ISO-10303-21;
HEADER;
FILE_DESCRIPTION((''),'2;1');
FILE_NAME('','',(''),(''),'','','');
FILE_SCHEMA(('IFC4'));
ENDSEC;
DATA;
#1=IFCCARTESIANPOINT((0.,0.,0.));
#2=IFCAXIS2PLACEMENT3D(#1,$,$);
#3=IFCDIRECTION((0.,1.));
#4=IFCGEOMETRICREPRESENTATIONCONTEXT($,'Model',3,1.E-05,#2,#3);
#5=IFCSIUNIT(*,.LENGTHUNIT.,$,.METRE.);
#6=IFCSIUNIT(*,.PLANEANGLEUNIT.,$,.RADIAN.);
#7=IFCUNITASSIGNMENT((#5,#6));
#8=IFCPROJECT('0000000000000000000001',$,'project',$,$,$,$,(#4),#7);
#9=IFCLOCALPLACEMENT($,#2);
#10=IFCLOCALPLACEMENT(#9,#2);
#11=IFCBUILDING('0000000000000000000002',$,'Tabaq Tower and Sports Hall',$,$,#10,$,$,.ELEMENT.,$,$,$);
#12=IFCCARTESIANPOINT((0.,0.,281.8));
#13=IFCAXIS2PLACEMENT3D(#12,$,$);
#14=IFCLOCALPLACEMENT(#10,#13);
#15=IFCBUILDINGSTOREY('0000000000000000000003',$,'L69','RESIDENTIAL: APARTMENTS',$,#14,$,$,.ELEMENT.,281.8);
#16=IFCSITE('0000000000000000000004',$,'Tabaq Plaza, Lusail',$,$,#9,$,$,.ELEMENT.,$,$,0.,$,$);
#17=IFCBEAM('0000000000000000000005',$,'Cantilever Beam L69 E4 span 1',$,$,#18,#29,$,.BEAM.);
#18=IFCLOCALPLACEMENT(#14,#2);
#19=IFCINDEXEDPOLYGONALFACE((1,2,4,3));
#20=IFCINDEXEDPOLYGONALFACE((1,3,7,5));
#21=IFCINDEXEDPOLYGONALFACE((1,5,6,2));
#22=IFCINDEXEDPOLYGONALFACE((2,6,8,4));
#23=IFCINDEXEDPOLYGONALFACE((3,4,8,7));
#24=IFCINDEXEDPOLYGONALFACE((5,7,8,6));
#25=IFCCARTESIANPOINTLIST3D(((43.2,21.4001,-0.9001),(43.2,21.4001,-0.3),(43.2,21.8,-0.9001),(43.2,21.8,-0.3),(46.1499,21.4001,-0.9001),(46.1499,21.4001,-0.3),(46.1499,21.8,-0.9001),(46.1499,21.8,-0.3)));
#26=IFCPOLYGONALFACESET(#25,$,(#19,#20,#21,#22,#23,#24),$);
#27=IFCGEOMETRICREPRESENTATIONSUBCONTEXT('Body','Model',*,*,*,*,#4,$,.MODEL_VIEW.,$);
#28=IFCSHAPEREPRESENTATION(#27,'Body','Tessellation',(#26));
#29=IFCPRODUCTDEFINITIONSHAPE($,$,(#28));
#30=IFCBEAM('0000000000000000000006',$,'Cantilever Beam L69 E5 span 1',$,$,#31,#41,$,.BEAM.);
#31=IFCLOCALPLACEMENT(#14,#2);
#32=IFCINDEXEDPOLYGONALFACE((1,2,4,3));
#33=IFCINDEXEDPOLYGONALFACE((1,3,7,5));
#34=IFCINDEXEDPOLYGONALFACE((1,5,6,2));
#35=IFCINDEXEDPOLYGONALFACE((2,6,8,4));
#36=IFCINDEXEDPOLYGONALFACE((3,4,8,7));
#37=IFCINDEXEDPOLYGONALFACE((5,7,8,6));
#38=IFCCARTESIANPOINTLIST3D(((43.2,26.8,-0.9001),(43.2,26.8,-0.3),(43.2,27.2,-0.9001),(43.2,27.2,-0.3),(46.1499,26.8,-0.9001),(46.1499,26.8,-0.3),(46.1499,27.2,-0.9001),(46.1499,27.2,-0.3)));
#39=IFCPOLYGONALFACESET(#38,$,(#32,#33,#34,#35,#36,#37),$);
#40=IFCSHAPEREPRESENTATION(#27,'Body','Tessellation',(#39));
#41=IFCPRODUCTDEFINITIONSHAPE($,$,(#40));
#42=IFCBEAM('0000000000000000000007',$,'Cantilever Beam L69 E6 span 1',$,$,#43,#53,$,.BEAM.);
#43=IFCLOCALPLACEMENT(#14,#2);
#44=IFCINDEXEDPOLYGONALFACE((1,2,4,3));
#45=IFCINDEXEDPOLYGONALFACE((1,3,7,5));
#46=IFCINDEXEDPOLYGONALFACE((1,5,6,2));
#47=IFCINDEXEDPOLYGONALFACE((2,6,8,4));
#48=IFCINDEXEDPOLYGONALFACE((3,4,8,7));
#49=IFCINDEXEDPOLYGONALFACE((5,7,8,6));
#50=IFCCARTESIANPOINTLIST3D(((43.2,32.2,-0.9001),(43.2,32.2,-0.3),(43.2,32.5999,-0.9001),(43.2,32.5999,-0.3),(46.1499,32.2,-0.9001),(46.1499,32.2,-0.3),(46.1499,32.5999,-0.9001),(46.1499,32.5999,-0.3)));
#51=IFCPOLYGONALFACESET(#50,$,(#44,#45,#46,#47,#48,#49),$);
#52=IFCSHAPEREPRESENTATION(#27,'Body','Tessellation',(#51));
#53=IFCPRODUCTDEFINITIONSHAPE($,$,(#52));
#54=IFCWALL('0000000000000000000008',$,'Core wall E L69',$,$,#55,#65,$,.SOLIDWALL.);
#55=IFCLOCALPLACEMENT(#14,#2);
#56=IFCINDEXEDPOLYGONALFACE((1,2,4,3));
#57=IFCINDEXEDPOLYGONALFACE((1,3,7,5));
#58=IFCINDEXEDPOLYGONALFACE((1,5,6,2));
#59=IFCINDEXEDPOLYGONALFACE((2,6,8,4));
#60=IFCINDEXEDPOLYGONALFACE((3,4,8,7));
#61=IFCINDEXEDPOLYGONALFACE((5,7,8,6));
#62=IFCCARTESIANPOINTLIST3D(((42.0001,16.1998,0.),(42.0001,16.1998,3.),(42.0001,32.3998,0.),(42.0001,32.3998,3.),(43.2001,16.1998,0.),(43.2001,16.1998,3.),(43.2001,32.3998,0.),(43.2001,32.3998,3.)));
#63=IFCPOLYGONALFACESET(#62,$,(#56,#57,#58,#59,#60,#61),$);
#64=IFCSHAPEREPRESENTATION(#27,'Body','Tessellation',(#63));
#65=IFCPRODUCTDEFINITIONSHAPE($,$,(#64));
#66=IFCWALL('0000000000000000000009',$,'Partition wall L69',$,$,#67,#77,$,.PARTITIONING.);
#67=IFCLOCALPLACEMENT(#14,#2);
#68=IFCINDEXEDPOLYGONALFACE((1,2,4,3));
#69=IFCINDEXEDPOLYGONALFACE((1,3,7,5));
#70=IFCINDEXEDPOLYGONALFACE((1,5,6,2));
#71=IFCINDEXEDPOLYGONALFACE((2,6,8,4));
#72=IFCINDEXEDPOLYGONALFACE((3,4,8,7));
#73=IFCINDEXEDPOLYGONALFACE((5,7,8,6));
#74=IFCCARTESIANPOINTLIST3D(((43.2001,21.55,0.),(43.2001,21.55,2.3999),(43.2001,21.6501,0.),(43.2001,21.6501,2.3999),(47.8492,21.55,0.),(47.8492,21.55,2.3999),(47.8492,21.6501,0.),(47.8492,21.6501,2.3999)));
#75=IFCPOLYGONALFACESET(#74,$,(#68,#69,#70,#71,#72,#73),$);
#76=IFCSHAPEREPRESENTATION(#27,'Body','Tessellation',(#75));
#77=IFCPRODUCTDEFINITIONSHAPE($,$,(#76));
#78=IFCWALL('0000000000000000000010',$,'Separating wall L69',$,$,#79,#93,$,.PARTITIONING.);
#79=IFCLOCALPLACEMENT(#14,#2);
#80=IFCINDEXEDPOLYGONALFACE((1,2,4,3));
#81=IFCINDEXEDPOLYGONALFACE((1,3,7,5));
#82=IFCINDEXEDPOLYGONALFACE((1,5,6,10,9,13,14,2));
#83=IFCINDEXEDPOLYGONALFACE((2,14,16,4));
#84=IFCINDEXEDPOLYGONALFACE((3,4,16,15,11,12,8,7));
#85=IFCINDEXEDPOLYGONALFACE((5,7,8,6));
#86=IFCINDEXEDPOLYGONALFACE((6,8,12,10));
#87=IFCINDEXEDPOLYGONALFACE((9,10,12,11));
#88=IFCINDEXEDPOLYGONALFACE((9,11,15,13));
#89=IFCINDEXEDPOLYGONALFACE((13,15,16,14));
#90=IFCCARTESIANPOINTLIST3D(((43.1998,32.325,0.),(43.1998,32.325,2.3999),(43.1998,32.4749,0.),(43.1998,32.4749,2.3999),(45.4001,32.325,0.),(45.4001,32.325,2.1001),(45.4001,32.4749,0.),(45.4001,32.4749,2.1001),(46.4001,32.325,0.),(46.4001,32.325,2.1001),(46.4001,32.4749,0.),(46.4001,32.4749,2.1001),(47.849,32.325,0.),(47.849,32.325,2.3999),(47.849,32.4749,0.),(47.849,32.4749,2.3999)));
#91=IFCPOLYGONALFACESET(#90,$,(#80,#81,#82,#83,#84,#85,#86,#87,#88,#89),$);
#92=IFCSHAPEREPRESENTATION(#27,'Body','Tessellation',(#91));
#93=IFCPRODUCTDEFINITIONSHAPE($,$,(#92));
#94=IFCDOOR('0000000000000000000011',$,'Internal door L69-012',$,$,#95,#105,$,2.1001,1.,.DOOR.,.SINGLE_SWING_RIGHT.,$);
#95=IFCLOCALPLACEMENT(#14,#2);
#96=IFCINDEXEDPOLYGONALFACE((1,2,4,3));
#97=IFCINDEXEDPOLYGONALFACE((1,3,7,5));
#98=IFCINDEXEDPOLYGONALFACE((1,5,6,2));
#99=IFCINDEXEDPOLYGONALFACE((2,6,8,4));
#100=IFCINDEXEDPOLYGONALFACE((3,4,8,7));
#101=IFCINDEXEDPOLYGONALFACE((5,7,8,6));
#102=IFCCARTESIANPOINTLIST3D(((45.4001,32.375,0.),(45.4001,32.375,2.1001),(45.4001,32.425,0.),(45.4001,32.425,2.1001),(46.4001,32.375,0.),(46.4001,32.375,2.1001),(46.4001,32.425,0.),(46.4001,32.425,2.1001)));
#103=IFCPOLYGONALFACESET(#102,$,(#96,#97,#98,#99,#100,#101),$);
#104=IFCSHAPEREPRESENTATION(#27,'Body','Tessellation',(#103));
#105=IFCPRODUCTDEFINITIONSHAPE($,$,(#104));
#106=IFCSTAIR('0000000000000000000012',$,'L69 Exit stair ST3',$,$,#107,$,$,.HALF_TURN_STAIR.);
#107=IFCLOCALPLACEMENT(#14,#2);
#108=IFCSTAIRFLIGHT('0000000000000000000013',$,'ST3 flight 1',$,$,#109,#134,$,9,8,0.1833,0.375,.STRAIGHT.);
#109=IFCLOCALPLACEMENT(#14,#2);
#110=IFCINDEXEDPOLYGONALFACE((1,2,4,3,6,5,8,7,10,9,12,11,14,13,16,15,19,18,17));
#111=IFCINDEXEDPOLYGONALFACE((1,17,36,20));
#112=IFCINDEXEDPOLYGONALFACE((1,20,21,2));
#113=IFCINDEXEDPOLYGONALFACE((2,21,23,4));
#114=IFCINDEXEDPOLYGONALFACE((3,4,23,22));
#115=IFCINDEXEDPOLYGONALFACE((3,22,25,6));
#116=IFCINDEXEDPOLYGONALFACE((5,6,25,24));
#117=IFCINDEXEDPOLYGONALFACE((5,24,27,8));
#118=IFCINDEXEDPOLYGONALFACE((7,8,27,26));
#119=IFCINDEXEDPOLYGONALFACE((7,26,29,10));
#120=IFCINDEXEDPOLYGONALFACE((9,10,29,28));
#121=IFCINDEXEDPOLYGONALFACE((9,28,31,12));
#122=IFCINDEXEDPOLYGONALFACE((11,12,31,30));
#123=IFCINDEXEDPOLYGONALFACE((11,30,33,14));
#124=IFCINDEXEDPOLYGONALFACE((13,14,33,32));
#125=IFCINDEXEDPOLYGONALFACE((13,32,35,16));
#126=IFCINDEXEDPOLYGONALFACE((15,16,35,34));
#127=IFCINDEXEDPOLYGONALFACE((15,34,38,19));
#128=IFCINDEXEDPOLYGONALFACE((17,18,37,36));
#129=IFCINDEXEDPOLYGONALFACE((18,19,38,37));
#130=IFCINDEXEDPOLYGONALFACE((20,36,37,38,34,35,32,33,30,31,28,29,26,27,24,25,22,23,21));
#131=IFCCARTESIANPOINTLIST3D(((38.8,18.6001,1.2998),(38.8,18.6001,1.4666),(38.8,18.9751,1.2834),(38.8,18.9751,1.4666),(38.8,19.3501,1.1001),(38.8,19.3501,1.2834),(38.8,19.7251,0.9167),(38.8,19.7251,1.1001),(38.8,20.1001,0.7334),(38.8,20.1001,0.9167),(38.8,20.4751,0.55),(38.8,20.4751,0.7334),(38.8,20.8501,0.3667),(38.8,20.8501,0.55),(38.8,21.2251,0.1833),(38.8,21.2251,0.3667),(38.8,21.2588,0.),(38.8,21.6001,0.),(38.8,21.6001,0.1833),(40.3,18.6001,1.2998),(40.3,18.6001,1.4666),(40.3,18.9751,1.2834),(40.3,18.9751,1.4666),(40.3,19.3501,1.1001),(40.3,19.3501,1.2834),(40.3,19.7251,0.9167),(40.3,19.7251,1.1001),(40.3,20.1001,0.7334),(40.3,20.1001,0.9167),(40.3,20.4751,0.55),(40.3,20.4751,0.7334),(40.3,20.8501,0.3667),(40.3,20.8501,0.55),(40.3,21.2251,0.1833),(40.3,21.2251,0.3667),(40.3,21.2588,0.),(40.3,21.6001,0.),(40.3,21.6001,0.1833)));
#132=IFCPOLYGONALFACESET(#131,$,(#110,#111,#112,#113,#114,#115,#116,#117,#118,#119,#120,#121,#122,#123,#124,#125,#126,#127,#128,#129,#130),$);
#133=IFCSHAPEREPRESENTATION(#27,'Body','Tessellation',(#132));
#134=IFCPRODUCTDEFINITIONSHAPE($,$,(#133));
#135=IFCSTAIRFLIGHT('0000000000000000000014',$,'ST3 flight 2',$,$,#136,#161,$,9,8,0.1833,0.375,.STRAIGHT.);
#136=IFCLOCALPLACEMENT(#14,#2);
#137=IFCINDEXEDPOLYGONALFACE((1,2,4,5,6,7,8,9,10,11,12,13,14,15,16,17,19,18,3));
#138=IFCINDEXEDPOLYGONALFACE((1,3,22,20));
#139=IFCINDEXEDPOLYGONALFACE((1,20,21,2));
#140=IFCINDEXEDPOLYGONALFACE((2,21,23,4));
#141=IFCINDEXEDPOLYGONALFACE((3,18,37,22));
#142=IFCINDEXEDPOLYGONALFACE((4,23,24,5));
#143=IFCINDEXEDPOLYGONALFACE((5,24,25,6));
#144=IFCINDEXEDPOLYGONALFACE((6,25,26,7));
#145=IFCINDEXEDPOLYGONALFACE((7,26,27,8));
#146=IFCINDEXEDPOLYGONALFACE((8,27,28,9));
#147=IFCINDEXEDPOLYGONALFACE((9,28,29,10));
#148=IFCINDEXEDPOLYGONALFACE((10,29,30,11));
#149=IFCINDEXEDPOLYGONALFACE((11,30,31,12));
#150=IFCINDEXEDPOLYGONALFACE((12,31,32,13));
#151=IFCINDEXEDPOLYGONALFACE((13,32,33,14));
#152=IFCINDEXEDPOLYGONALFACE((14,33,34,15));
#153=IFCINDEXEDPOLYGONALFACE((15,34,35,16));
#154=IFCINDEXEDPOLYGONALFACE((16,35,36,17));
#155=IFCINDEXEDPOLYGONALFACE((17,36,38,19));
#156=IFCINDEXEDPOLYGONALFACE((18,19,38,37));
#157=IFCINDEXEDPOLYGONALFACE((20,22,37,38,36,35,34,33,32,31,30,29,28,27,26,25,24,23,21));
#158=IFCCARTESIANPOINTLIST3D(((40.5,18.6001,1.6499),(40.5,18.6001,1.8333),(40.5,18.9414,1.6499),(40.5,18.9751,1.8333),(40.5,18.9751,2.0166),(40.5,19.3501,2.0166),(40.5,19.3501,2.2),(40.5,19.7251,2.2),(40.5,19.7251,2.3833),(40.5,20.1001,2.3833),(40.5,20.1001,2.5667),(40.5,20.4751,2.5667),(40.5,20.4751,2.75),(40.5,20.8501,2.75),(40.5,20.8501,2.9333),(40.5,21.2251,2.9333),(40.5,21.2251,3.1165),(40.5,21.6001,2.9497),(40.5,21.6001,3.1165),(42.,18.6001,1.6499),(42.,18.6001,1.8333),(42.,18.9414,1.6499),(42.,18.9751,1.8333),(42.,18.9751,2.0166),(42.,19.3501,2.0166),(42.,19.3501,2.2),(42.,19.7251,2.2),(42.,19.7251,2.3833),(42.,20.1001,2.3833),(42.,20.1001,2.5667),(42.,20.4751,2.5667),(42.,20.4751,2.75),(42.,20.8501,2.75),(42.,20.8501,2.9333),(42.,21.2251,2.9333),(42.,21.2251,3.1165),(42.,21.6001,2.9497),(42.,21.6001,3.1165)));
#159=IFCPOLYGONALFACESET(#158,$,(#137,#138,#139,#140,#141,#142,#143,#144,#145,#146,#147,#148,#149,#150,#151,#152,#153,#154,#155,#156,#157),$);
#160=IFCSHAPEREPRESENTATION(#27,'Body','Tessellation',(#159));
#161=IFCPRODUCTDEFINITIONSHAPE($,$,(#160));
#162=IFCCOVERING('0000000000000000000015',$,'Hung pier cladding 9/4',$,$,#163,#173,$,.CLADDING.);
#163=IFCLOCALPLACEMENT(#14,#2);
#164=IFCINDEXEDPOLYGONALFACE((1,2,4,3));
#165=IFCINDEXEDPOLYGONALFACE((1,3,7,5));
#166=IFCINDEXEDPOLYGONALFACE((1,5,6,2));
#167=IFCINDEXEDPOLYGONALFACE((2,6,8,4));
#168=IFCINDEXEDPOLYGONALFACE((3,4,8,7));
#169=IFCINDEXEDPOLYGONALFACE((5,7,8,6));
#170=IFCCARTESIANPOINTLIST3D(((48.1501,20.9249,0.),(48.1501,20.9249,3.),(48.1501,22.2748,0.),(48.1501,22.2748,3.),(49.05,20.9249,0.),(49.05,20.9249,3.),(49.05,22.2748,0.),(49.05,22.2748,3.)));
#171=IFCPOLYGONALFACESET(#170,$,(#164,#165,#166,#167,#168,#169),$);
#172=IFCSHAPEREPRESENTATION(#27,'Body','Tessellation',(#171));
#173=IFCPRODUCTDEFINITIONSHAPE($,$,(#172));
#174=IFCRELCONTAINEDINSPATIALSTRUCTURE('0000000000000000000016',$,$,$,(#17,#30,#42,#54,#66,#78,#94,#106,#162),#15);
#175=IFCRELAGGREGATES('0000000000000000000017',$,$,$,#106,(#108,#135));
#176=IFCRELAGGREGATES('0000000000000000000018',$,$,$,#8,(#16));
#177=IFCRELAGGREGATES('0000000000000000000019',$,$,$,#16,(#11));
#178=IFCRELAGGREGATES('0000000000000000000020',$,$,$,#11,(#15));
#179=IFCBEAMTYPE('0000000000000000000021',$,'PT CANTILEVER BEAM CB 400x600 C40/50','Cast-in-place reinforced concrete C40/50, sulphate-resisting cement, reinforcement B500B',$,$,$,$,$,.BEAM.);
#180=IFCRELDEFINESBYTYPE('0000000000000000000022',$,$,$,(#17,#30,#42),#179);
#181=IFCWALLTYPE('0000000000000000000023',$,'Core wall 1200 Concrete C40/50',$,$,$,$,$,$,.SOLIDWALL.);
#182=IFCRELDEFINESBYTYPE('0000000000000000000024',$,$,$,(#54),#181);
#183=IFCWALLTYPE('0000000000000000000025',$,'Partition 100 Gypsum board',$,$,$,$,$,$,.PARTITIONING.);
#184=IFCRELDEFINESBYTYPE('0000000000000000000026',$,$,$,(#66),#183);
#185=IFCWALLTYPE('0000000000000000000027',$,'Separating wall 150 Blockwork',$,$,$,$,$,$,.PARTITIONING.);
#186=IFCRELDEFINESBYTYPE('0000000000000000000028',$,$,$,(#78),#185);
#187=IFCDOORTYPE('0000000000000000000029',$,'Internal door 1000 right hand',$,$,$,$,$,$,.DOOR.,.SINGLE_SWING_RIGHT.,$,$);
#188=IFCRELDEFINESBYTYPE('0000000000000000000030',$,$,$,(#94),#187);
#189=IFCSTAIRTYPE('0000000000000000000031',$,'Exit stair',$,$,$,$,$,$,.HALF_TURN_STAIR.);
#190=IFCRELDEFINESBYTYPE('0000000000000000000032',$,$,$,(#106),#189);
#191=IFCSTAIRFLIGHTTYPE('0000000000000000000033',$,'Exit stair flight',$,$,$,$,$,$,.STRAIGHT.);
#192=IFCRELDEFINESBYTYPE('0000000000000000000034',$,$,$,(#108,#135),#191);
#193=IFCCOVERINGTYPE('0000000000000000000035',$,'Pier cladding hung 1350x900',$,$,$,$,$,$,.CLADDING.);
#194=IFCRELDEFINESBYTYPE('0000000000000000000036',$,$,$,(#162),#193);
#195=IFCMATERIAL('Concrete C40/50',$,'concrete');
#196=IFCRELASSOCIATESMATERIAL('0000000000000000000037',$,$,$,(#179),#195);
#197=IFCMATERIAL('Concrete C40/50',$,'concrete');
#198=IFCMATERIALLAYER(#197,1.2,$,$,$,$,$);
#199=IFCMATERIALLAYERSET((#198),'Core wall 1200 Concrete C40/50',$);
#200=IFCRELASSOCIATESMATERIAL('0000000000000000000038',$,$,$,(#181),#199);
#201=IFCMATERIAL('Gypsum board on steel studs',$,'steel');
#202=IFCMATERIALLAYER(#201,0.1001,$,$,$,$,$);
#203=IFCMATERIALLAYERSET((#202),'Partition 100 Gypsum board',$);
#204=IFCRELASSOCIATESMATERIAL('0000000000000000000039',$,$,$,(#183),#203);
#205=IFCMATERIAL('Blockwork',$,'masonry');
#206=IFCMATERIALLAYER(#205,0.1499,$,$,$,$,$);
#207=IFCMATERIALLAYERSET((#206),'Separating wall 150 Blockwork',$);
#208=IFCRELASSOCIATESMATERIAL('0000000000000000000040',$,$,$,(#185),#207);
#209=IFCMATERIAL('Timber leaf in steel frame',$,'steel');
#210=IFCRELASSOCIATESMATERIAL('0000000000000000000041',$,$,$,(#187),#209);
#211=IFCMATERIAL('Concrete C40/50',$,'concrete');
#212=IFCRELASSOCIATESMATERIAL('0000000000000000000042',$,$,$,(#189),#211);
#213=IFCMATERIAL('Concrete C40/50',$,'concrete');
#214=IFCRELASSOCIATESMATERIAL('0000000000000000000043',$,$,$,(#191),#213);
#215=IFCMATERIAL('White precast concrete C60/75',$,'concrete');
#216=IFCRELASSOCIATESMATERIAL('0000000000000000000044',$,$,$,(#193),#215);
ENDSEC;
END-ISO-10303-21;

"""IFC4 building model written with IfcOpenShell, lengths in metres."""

from ifc_helpers import new_model, si_unit, direction, frame, frame_2d, origin, origin_2d, place, context, subcontext, project, spatial, polyline, rectangle, outline, extrude, material, layer, layer_set, material_profile, profile_set, type_object, element, fill, aggregate, save


model = new_model("IFC4")

# Units and contexts
model_context = context("Model", 3, precision=1e-05, world=origin(), true_north=direction((0.0, 1.0)))
body_context = subcontext(model_context, "Body", "Model", "MODEL_VIEW")
ifc_project = project(units=[si_unit("LENGTHUNIT", "METRE"), si_unit("PLANEANGLEUNIT", "RADIAN")], contexts=[model_context])

# Site, building, storey
site_placement = place(None, origin())
site = spatial("IfcSite", under=ifc_project, at=site_placement, Name="Tabaq Plaza, Lusail", CompositionType="ELEMENT", RefElevation=0.0)
building_placement = place(site_placement, origin())
building = spatial("IfcBuilding", under=site, at=building_placement, Name="Tabaq Tower and Sports Hall", CompositionType="ELEMENT")
storey_placement = place(building_placement, frame((0.0, 0.0, 281.8)))
storey = spatial("IfcBuildingStorey", under=building, at=storey_placement, Name="L69", Description="RESIDENTIAL: APARTMENTS", CompositionType="ELEMENT", Elevation=281.8)

# Beams
ifc_material_1 = material(Name="Concrete C40/50", Category="concrete")
ifc_material_profile = material_profile(ifc_material_1, rectangle(XDim=0.3999, YDim=0.6001, at=origin_2d()), Name="CB 400x600")
ifc_profile_set = profile_set([ifc_material_profile], Name="Concrete C40/50")
beam_type = type_object("IfcBeamType", Name="PT CANTILEVER BEAM CB 400x600 C40/50", Description="Cast-in-place reinforced concrete C40/50, sulphate-resisting cement, reinforcement B500B", PredefinedType="BEAM", material=ifc_profile_set)
for number, where, z_axis, x_axis, name in (
    (1, (46.1499, 21.6001, -0.6001), (-1.0, 0.0, 0.0), (0.0, -1.0, 0.0), "Cantilever Beam L69 E4 span 1"),
    (2, (46.1499, 27.0, -0.6001), (-1.0, 0.0, 0.0), (0.0, -1.0, 0.0), "Cantilever Beam L69 E5 span 1"),
    (3, (46.1499, 32.3999, -0.6001), (-1.0, 0.0, 0.0), (0.0, -1.0, 0.0), "Cantilever Beam L69 E6 span 1"),
):
    element("IfcBeam", number, at=place(storey_placement, frame(where, z_axis=z_axis, x_axis=x_axis)), inside=storey, type_object=beam_type, Name=name, PredefinedType="BEAM", context=body_context, shape_type="SweptSolid", body=[
        extrude(rectangle(XDim=0.3999, YDim=0.6001, at=origin_2d()), origin(), (0.0, 0.0, 1.0), 2.95),
    ])

# Walls
ifc_material_2 = material(Name="Concrete C40/50", Category="concrete")
ifc_layer_1 = layer(ifc_material_2, 1.2)
ifc_layer_set_1 = layer_set([ifc_layer_1], Name="Core wall 1200 Concrete C40/50")
wall_type_1 = type_object("IfcWallType", Name="Core wall 1200 Concrete C40/50", PredefinedType="SOLIDWALL", material=ifc_layer_set_1)
wall_1_placement = place(storey_placement, frame((42.6001, 32.3999, 0.0), z_axis=(0.0, 0.0, 1.0), x_axis=(0.0, -1.0, 0.0)))
element("IfcWall", 4, at=wall_1_placement, inside=storey, type_object=wall_type_1, Name="Core wall E L69", PredefinedType="SOLIDWALL", context=body_context, shape_type="SweptSolid", body=[
    extrude(rectangle(XDim=16.2, YDim=1.2, at=frame_2d((8.1001, 0.0))), origin(), (0.0, 0.0, 1.0), 3.0),
])
ifc_material_3 = material(Name="Gypsum board on steel studs", Category="steel")
ifc_layer_2 = layer(ifc_material_3, 0.1001)
ifc_layer_set_2 = layer_set([ifc_layer_2], Name="Partition 100 Gypsum board")
wall_type_2 = type_object("IfcWallType", Name="Partition 100 Gypsum board", PredefinedType="PARTITIONING", material=ifc_layer_set_2)
wall_2_placement = place(storey_placement, frame((43.2, 21.6001, 0.0), z_axis=(0.0, 0.0, 1.0), x_axis=(1.0, 0.0, 0.0)))
element("IfcWall", 5, at=wall_2_placement, inside=storey, type_object=wall_type_2, Name="Partition wall L69", PredefinedType="PARTITIONING", context=body_context, shape_type="SweptSolid", body=[
    extrude(rectangle(XDim=4.6492, YDim=0.1001, at=frame_2d((2.3247, 0.0))), origin(), (0.0, 0.0, 1.0), 2.3999),
])

# Wall, opening, door
ifc_material_4 = material(Name="Blockwork", Category="masonry")
ifc_layer_3 = layer(ifc_material_4, 0.1499)
ifc_layer_set_3 = layer_set([ifc_layer_3], Name="Separating wall 150 Blockwork")
wall_type_3 = type_object("IfcWallType", Name="Separating wall 150 Blockwork", PredefinedType="PARTITIONING", material=ifc_layer_set_3)
wall_3_placement = place(storey_placement, frame((47.8491, 32.3999, 0.0), z_axis=(0.0, 0.0, 1.0), x_axis=(-1.0, 0.0, 0.0)))
wall_3 = element("IfcWall", 6, at=wall_3_placement, inside=storey, type_object=wall_type_3, Name="Separating wall L69", PredefinedType="PARTITIONING", context=body_context, shape_type="SweptSolid", body=[
    extrude(rectangle(XDim=4.6492, YDim=0.1499, at=frame_2d((2.3247, 0.0))), origin(), (0.0, 0.0, 1.0), 2.3999),
])
opening_placement = place(wall_3_placement, frame((1.449, 0.0, 0.0)))
opening = element("IfcOpeningElement", 7, at=opening_placement, cuts=wall_3, PredefinedType="OPENING", context=body_context, shape_type="SweptSolid", body=[
    extrude(rectangle(XDim=1.0, YDim=2.1001, at=frame_2d((0.5, 1.05))), frame((0.0, 0.075, 0.0), z_axis=(0.0, -1.0, 0.0), x_axis=(1.0, 0.0, 0.0)), (0.0, 0.0, 1.0), 0.1499),
])
ifc_material_5 = material(Name="Timber leaf in steel frame", Category="steel")
door_type = type_object("IfcDoorType", Name="Internal door 1000 right hand", OperationType="SINGLE_SWING_RIGHT", PredefinedType="DOOR", material=ifc_material_5)
door_placement = place(opening_placement, origin())
door = element("IfcDoor", 8, at=door_placement, inside=storey, type_object=door_type, Name="Internal door L69-012", OperationType="SINGLE_SWING_RIGHT", OverallHeight=2.1001, OverallWidth=1.0, PredefinedType="DOOR", context=body_context, shape_type="SweptSolid", body=[
    extrude(rectangle(XDim=1.0, YDim=2.1001, at=frame_2d((0.5, 1.05))), frame((0.0, 0.0249, 0.0), z_axis=(0.0, -1.0, 0.0), x_axis=(1.0, 0.0, 0.0)), (0.0, 0.0, 1.0), 0.05),
])
fill(opening, door)

# Stair, stair flights
ifc_material_6 = material(Name="Concrete C40/50", Category="concrete")
stair_type = type_object("IfcStairType", Name="Exit stair", PredefinedType="HALF_TURN_STAIR", material=ifc_material_6)
stair_placement = place(storey_placement, origin())
stair = element("IfcStair", 9, at=stair_placement, inside=storey, type_object=stair_type, Name="L69 Exit stair ST3", PredefinedType="HALF_TURN_STAIR")
ifc_material_7 = material(Name="Concrete C40/50", Category="concrete")
stair_flight_type = type_object("IfcStairFlightType", Name="Exit stair flight", PredefinedType="STRAIGHT", material=ifc_material_7)
stair_flight_1_placement = place(storey_placement, frame((39.55, 21.6001, 0.0), z_axis=(0.0, 0.0, 1.0), x_axis=(0.0, -1.0, 0.0)))
stair_flight_1 = element("IfcStairFlight", 10, at=stair_flight_1_placement, type_object=stair_flight_type, Name="ST3 flight 1", NumberOfRisers=9, NumberOfTreads=8, PredefinedType="STRAIGHT", RiserHeight=0.1833, TreadLength=0.375, context=body_context, shape_type="SweptSolid", body=[
    extrude(outline(polyline([(0.0, 0.0), (0.0, 0.1833), (0.375, 0.1833), (0.375, 0.3667), (0.75, 0.3667), (0.75, 0.55), (1.125, 0.55), (1.125, 0.7334), (1.5, 0.7334), (1.5, 0.9167), (1.875, 0.9167), (1.875, 1.1001), (2.25, 1.1001), (2.25, 1.2834), (2.625, 1.2834), (2.625, 1.4666), (3.0, 1.4666), (3.0, 1.6499), (3.0, 1.2998), (0.3413, 0.0), (0.0, 0.0)])), frame((0.0, 0.75, 0.0), z_axis=(0.0, -1.0, 0.0), x_axis=(1.0, 0.0, 0.0)), (0.0, 0.0, 1.0), 1.5),
])
stair_flight_2_placement = place(storey_placement, frame((41.25, 18.6001, 1.6499), z_axis=(0.0, 0.0, 1.0), x_axis=(0.0, 1.0, 0.0)))
stair_flight_2 = element("IfcStairFlight", 11, at=stair_flight_2_placement, type_object=stair_flight_type, Name="ST3 flight 2", NumberOfRisers=9, NumberOfTreads=8, PredefinedType="STRAIGHT", RiserHeight=0.1833, TreadLength=0.375, context=body_context, shape_type="SweptSolid", body=[
    extrude(outline(polyline([(0.0, 0.0), (0.0, 0.1833), (0.375, 0.1833), (0.375, 0.3667), (0.75, 0.3667), (0.75, 0.55), (1.125, 0.55), (1.125, 0.7334), (1.5, 0.7334), (1.5, 0.9167), (1.875, 0.9167), (1.875, 1.1001), (2.25, 1.1001), (2.25, 1.2834), (2.625, 1.2834), (2.625, 1.4666), (3.0, 1.4666), (3.0, 1.6499), (3.0, 1.2998), (0.3413, 0.0), (0.0, 0.0)])), frame((0.0, 0.75, 0.0), z_axis=(0.0, -1.0, 0.0), x_axis=(1.0, 0.0, 0.0)), (0.0, 0.0, 1.0), 1.5),
])
aggregate(stair, [stair_flight_1, stair_flight_2])

# Covering
ifc_material_8 = material(Name="White precast concrete C60/75", Category="concrete")
covering_type_1 = type_object("IfcCoveringType", Name="Pier cladding hung 1350x900", PredefinedType="CLADDING", material=ifc_material_8)
covering_1_placement = place(storey_placement, frame((48.6001, 20.925, 0.0), z_axis=(0.0, 0.0, 1.0), x_axis=(0.0, 1.0, 0.0)))
element("IfcCovering", 12, at=covering_1_placement, inside=storey, type_object=covering_type_1, Name="Hung pier cladding 9/4", PredefinedType="CLADDING", context=body_context, shape_type="SweptSolid", body=[
    extrude(rectangle(XDim=1.3499, YDim=0.8999, at=frame_2d((0.6748, 0.0))), origin(), (0.0, 0.0, 1.0), 3.0),
])

save(model, "model.ifc")
